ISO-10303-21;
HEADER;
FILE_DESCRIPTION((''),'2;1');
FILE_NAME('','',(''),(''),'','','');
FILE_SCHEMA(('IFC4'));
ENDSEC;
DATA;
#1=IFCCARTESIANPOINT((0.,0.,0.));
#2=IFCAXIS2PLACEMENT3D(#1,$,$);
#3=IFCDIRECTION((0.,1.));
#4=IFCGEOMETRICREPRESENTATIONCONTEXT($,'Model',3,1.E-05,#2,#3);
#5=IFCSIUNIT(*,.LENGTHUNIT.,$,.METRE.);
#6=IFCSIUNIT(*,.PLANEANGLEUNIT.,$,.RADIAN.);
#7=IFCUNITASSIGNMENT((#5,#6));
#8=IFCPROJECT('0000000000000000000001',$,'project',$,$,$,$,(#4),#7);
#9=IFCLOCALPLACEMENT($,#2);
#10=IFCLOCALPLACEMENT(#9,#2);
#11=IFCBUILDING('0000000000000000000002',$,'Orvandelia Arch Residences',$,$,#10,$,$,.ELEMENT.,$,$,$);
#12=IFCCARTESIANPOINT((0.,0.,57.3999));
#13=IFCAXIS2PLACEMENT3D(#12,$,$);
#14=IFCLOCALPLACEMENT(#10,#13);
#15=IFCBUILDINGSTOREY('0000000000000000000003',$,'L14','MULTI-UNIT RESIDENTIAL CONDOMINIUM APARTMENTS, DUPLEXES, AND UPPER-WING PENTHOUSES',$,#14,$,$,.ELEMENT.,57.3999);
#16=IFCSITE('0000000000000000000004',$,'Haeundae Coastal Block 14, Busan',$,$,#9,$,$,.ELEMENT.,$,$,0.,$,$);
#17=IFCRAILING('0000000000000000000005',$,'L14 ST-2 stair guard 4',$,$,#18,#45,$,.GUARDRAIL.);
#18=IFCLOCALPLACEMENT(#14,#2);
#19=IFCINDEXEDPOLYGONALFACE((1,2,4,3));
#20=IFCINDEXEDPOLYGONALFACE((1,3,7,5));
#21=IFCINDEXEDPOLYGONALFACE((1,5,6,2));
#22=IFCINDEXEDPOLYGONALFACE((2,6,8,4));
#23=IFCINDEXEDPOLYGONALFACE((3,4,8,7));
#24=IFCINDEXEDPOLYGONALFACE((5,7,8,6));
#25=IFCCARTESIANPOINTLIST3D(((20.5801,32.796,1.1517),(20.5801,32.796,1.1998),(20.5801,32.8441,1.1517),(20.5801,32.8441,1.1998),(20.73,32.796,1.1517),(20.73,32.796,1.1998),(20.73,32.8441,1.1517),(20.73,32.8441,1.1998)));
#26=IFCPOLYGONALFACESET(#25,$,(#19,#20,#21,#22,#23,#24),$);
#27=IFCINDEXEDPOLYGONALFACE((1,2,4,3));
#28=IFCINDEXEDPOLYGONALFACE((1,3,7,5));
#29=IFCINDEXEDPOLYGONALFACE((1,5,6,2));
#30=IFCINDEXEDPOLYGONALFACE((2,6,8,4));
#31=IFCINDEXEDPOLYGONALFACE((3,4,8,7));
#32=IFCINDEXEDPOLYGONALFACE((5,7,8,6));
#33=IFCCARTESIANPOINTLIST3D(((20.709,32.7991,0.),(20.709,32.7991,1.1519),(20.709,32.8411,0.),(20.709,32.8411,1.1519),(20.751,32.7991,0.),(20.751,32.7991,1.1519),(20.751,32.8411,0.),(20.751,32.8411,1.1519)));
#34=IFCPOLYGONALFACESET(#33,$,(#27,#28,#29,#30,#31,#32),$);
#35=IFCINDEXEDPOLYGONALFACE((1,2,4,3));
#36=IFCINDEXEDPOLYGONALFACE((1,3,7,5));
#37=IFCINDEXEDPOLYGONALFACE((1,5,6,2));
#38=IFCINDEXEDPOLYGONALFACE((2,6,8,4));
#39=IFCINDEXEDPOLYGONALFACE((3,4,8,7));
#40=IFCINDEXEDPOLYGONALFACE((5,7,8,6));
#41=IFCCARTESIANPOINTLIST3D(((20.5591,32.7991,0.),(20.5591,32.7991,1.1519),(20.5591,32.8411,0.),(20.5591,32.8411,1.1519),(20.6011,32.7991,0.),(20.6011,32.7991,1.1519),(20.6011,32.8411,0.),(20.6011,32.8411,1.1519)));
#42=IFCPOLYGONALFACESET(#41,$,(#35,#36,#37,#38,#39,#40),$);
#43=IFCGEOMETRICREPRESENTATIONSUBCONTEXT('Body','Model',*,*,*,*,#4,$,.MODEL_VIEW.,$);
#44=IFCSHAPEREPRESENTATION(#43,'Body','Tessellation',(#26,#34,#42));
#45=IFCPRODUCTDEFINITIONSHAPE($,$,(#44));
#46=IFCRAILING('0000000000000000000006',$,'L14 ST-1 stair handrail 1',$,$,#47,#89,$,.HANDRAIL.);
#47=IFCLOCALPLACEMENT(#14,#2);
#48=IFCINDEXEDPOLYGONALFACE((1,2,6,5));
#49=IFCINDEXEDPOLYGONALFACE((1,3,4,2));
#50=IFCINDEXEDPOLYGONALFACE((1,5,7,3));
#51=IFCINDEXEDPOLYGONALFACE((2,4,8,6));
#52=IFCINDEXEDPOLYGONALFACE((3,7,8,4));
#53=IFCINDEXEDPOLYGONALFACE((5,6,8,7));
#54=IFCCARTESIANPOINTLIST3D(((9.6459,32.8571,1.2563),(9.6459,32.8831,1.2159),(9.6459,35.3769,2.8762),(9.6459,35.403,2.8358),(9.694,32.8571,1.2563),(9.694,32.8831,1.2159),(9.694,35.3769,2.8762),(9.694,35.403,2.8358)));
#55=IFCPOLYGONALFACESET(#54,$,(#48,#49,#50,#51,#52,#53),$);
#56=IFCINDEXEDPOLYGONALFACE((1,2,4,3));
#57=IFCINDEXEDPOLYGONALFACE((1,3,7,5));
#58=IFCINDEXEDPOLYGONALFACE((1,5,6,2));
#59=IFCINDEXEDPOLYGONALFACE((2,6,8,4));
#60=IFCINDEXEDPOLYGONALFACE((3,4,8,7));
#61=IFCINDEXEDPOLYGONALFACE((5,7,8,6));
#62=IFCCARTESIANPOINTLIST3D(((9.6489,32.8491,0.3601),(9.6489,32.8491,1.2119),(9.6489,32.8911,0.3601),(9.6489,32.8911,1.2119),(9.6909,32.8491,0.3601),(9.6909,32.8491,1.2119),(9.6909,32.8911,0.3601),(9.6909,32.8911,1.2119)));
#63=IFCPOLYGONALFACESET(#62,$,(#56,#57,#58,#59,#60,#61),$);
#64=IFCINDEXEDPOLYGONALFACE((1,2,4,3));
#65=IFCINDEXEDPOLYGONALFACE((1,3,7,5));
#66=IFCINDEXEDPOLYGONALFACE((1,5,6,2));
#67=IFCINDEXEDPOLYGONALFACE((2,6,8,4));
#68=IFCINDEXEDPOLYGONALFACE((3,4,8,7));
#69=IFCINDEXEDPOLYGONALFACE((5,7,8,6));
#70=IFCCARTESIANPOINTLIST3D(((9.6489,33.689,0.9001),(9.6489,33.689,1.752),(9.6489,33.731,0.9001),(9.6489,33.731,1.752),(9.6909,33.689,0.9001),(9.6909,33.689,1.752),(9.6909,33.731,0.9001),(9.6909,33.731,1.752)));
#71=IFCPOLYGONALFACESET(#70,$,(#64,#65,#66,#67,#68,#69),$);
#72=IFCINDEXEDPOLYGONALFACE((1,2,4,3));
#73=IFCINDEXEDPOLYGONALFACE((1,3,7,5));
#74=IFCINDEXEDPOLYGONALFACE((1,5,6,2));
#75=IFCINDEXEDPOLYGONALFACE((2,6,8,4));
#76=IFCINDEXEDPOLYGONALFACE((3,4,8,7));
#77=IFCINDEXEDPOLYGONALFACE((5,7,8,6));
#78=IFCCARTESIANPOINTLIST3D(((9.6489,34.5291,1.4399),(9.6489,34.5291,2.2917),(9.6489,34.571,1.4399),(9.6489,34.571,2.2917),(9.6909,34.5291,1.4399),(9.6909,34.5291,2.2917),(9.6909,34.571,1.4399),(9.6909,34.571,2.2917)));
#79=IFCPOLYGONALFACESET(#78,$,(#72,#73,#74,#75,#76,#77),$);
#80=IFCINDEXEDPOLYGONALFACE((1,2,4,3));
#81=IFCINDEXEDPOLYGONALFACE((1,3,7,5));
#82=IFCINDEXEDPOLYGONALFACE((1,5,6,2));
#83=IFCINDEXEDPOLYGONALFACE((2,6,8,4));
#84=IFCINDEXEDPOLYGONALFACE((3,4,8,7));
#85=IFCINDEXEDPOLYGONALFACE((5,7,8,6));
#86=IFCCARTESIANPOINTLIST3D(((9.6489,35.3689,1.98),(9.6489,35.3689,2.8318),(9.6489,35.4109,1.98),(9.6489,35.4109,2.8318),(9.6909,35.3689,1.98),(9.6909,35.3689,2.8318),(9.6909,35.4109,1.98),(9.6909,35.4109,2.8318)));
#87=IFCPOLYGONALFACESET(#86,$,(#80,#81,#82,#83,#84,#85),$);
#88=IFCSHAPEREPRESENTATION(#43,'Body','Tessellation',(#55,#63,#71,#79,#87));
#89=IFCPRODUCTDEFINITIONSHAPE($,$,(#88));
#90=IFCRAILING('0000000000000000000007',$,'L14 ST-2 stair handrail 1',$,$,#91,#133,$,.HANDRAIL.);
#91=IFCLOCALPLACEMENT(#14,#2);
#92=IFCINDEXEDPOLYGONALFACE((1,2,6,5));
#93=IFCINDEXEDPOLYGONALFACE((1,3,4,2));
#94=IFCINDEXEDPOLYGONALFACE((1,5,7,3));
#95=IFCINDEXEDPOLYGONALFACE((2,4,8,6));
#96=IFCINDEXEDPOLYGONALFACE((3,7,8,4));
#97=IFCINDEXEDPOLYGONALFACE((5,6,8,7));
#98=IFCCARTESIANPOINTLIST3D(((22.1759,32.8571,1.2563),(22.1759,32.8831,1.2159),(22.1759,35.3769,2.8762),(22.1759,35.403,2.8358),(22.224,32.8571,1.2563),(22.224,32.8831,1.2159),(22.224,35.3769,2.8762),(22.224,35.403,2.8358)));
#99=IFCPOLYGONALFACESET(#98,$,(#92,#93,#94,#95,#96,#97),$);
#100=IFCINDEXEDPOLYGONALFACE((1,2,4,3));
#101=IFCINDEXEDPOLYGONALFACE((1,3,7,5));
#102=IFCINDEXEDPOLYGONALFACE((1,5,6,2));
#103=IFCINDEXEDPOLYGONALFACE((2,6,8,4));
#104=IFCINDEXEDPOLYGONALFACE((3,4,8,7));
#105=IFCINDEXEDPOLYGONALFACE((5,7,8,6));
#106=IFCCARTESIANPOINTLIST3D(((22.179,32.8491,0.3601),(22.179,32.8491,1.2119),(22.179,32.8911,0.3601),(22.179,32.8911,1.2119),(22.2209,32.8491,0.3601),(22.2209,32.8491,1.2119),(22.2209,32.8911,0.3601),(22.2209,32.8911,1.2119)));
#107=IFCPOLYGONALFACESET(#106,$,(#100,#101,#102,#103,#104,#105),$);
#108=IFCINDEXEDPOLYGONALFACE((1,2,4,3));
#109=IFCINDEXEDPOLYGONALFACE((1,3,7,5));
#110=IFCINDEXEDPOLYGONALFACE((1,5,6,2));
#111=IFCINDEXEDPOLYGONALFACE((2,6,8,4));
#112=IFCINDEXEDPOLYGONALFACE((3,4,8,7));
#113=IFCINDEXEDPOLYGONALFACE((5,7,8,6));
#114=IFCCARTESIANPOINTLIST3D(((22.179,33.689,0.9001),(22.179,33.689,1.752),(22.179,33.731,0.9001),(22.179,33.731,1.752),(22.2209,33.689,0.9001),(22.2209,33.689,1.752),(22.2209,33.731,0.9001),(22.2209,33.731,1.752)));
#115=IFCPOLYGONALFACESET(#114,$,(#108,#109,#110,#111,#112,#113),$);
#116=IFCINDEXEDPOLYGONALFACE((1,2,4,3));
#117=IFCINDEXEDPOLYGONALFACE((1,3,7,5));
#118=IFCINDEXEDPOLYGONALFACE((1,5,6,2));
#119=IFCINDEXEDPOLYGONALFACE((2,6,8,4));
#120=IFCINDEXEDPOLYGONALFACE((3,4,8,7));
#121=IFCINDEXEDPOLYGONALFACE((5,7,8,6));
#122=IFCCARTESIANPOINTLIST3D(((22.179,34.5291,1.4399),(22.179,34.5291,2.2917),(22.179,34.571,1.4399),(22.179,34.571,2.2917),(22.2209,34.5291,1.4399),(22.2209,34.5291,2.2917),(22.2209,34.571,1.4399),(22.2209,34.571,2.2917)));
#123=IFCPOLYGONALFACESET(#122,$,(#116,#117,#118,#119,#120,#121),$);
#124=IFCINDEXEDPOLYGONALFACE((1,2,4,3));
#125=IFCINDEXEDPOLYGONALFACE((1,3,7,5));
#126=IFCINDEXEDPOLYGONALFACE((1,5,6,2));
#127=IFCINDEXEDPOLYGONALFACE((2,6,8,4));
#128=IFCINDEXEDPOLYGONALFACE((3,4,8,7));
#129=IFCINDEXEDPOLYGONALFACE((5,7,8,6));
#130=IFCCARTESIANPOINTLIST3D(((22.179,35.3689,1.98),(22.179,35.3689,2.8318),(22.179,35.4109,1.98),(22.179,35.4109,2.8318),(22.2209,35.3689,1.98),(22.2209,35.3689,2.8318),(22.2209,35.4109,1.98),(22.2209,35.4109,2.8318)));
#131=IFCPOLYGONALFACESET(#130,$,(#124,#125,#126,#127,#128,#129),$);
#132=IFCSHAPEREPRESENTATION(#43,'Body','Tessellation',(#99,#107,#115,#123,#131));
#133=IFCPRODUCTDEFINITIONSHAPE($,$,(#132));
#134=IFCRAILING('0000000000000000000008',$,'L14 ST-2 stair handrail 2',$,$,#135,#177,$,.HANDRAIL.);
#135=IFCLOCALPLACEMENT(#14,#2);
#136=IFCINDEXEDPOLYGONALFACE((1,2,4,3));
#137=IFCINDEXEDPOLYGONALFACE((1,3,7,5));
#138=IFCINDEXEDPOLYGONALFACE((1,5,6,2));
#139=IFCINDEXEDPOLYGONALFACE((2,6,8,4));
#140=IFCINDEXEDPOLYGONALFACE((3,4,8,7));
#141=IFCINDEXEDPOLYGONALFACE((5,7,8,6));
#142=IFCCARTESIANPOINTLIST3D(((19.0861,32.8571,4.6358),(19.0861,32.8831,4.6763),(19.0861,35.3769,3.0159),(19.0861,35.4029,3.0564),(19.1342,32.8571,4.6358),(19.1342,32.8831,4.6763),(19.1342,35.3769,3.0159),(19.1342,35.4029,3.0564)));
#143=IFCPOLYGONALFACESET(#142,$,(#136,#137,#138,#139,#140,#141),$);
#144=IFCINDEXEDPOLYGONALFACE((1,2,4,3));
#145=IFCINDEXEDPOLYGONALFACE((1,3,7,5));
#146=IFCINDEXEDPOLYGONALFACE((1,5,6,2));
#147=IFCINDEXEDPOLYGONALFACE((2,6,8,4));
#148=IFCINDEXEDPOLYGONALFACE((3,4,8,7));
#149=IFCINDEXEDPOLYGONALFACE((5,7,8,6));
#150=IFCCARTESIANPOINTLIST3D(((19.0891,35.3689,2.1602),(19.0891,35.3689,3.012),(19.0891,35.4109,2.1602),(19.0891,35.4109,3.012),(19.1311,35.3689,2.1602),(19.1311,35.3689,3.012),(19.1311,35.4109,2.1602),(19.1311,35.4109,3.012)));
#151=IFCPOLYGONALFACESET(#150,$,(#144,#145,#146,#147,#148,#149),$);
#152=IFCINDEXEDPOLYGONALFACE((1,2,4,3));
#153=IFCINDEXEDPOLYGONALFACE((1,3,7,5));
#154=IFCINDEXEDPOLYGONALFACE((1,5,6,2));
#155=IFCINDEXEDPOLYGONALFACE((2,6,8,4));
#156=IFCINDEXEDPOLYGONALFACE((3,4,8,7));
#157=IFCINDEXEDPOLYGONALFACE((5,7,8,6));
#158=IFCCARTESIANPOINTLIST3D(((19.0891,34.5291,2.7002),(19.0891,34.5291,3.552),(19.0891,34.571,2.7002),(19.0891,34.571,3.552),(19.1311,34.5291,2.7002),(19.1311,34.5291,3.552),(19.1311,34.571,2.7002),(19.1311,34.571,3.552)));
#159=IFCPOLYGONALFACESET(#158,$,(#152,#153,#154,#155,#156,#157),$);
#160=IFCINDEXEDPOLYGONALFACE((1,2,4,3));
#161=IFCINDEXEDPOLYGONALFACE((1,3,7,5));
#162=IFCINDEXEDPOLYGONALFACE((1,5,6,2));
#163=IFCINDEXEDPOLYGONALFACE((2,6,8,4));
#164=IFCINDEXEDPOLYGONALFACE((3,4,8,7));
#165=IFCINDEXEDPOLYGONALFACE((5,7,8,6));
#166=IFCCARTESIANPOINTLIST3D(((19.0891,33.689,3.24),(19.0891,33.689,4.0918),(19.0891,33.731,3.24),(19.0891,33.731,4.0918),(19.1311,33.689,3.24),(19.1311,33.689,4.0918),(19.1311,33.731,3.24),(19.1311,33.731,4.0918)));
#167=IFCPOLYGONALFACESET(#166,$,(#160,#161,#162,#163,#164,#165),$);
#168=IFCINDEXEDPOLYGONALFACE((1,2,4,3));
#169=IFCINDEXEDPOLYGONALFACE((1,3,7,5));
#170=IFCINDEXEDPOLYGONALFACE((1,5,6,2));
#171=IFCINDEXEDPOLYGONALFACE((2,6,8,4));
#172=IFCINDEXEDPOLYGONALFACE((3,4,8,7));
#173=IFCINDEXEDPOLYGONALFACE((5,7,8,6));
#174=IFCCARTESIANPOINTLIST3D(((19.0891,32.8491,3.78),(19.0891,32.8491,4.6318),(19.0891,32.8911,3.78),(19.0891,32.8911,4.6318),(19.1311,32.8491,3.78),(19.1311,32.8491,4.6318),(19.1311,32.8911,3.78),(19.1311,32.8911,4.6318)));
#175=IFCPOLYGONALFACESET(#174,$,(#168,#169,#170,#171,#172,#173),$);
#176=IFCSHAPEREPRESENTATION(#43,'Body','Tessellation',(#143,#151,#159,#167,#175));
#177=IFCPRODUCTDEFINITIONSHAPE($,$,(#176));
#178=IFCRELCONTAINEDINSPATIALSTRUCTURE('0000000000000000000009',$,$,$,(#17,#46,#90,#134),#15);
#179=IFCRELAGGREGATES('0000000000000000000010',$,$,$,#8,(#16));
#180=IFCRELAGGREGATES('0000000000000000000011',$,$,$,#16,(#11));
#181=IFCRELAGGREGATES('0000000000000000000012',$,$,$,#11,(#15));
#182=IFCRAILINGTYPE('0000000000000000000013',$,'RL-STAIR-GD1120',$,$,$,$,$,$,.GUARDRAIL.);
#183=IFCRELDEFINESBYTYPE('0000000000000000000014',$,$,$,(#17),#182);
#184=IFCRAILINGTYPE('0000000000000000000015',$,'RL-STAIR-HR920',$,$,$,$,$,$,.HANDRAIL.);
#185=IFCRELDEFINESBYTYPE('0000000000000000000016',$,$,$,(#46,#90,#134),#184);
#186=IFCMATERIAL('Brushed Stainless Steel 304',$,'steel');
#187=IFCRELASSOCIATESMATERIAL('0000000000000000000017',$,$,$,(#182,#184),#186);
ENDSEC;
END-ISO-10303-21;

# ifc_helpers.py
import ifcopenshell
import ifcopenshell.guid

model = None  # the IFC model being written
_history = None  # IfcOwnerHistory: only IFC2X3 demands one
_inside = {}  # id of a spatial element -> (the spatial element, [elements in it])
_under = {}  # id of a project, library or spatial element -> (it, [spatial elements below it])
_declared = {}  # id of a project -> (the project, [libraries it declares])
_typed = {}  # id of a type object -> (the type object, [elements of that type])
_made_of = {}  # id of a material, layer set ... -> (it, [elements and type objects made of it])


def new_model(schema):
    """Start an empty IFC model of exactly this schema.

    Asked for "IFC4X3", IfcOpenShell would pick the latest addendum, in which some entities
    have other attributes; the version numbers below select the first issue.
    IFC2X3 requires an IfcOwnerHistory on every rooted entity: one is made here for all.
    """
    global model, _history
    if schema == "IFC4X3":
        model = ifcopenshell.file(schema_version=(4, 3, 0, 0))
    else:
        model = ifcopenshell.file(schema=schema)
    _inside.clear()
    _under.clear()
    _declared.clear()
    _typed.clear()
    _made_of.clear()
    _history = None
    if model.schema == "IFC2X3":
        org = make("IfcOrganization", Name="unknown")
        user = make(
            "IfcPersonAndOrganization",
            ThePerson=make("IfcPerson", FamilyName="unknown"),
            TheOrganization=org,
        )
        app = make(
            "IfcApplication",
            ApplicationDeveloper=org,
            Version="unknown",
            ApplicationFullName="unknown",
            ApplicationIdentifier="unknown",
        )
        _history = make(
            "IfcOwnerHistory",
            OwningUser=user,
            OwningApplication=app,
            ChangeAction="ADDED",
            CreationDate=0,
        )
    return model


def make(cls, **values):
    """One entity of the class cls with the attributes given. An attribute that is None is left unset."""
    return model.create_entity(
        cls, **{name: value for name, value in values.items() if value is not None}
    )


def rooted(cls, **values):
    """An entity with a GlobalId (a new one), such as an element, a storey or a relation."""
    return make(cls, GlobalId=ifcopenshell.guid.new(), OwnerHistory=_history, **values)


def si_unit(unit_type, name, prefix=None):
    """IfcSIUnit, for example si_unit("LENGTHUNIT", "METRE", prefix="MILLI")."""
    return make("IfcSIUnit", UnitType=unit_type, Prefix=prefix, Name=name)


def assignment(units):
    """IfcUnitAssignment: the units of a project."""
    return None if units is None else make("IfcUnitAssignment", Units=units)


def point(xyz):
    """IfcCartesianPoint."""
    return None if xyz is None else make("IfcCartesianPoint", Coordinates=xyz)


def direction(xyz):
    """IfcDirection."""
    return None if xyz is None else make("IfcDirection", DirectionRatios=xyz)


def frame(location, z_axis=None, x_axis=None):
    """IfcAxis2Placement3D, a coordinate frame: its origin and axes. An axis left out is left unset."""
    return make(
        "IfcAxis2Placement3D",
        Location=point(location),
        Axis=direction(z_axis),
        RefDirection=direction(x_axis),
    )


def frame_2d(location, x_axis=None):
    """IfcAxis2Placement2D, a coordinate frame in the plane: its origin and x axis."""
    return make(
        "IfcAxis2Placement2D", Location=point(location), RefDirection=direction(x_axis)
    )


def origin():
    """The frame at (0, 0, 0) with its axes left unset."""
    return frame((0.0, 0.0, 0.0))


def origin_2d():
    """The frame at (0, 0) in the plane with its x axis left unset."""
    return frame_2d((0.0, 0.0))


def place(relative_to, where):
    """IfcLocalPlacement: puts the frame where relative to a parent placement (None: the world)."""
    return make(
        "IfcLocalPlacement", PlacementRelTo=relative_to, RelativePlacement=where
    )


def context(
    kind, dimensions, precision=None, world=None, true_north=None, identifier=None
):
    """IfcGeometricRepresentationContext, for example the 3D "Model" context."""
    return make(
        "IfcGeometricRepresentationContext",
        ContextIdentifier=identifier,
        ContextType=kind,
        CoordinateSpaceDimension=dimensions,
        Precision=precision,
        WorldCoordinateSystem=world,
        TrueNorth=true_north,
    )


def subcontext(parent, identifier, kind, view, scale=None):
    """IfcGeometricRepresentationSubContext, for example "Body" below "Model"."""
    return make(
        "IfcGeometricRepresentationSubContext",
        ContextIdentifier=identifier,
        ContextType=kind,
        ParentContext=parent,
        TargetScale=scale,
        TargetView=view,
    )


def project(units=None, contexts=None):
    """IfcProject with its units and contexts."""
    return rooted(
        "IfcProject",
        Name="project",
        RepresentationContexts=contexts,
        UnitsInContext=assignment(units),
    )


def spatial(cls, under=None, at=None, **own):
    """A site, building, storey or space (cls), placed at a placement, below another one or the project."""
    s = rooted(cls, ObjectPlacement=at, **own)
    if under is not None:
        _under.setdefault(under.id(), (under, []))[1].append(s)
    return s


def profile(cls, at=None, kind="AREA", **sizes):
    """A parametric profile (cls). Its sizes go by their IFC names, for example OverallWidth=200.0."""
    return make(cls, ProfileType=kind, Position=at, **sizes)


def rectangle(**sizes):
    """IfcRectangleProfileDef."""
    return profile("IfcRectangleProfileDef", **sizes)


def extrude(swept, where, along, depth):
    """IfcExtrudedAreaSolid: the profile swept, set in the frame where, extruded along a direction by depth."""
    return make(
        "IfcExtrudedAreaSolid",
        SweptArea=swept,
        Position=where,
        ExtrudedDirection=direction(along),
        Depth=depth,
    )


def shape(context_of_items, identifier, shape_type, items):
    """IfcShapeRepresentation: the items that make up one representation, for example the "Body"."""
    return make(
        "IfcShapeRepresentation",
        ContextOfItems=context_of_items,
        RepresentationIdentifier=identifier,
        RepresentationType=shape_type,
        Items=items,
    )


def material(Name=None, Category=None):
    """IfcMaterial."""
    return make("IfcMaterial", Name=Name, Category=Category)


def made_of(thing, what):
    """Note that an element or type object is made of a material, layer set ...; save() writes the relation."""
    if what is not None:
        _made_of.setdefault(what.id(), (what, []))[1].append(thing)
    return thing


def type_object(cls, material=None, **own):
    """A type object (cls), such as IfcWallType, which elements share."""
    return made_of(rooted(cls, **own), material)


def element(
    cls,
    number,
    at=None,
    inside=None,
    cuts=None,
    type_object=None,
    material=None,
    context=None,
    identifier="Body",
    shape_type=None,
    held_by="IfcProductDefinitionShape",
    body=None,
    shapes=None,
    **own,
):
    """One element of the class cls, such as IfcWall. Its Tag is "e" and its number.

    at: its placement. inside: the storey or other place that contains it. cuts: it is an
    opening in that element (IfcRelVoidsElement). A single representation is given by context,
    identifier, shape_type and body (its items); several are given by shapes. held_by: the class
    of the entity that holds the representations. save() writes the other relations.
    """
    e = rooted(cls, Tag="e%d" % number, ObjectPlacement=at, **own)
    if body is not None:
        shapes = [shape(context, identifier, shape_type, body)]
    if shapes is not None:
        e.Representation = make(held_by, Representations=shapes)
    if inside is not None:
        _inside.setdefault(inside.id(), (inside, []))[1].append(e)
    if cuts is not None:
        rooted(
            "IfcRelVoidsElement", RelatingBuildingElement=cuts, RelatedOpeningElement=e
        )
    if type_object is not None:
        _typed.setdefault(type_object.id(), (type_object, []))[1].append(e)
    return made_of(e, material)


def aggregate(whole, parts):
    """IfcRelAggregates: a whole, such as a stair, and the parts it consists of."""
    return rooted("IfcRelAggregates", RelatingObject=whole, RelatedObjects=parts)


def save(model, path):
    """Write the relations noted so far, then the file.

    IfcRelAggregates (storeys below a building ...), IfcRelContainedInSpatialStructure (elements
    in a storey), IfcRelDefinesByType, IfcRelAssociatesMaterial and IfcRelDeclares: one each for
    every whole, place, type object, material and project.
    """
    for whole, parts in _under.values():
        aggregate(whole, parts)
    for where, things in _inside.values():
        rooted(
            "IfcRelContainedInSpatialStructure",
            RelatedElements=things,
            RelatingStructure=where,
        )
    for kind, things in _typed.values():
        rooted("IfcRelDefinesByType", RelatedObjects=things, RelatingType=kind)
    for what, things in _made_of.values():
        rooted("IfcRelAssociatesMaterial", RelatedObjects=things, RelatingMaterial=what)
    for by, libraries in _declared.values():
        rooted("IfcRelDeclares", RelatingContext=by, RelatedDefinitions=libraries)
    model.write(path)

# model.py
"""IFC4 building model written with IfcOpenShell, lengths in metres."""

from ifc_helpers import new_model, si_unit, direction, frame, origin, origin_2d, place, context, subcontext, project, spatial, rectangle, extrude, material, type_object, element, save


model = new_model("IFC4")

# Units and contexts
model_context = context("Model", 3, precision=1e-05, world=origin(), true_north=direction((0.0, 1.0)))
body_context = subcontext(model_context, "Body", "Model", "MODEL_VIEW")
ifc_project = project(units=[si_unit("LENGTHUNIT", "METRE"), si_unit("PLANEANGLEUNIT", "RADIAN")], contexts=[model_context])

# Site, building, storey
site_placement = place(None, origin())
site = spatial("IfcSite", under=ifc_project, at=site_placement, Name="Haeundae Coastal Block 14, Busan", CompositionType="ELEMENT", RefElevation=0.0)
building_placement = place(site_placement, origin())
building = spatial("IfcBuilding", under=site, at=building_placement, Name="Orvandelia Arch Residences", CompositionType="ELEMENT")
storey_placement = place(building_placement, frame((0.0, 0.0, 57.3999)))
storey = spatial("IfcBuildingStorey", under=building, at=storey_placement, Name="L14", Description="MULTI-UNIT RESIDENTIAL CONDOMINIUM APARTMENTS, DUPLEXES, AND UPPER-WING PENTHOUSES", CompositionType="ELEMENT", Elevation=57.3999)

# Railings
ifc_material_1 = material(Name="Brushed Stainless Steel 304", Category="steel")
railing_type_1 = type_object("IfcRailingType", Name="RL-STAIR-GD1120", PredefinedType="GUARDRAIL", material=ifc_material_1)
railing_1_placement = place(storey_placement, frame((20.73, 32.8201, 0.0)))
element("IfcRailing", 1, at=railing_1_placement, inside=storey, type_object=railing_type_1, Name="L14 ST-2 stair guard 4", PredefinedType="GUARDRAIL", context=body_context, shape_type="SweptSolid", body=[
    extrude(rectangle(XDim=0.0481, YDim=0.0481, at=origin_2d()), frame((0.0, 0.0, 1.1758), z_axis=(-1.0, 0.0, 0.0), x_axis=(0.0, -1.0, 0.0)), (0.0, 0.0, 1.0), 0.1499),
    extrude(rectangle(XDim=0.042, YDim=0.042, at=origin_2d()), origin(), (0.0, 0.0, 1.0), 1.1519),
    extrude(rectangle(XDim=0.042, YDim=0.042, at=origin_2d()), frame((-0.1499, 0.0, 0.0)), (0.0, 0.0, 1.0), 1.1519),
])
railing_type_2 = type_object("IfcRailingType", Name="RL-STAIR-HR920", PredefinedType="HANDRAIL", material=ifc_material_1)
for number, where, name in (
    (2, (9.6699, 32.8701, 0.3601), "L14 ST-1 stair handrail 1"),
    (3, (22.2, 32.8701, 0.3601), "L14 ST-2 stair handrail 1"),
):
    element("IfcRailing", number, at=place(storey_placement, frame(where)), inside=storey, type_object=railing_type_2, Name=name, PredefinedType="HANDRAIL", context=body_context, shape_type="SweptSolid", body=[
        extrude(rectangle(XDim=0.0481, YDim=0.0481, at=origin_2d()), frame((0.0, 0.0, 0.876), z_axis=(0.0, 0.841176, 0.540762), x_axis=(-1.0, 0.0, 0.0)), (0.0, 0.0, 1.0), 2.9956),
        extrude(rectangle(XDim=0.042, YDim=0.042, at=origin_2d()), origin(), (0.0, 0.0, 1.0), 0.8518),
        extrude(rectangle(XDim=0.042, YDim=0.042, at=origin_2d()), frame((0.0, 0.8398, 0.54)), (0.0, 0.0, 1.0), 0.8518),
        extrude(rectangle(XDim=0.042, YDim=0.042, at=origin_2d()), frame((0.0, 1.6799, 1.0798)), (0.0, 0.0, 1.0), 0.8518),
        extrude(rectangle(XDim=0.042, YDim=0.042, at=origin_2d()), frame((0.0, 2.5198, 1.6199)), (0.0, 0.0, 1.0), 0.8518),
    ])
railing_2_placement = place(storey_placement, frame((19.1101, 35.3899, 2.1602)))
element("IfcRailing", 4, at=railing_2_placement, inside=storey, type_object=railing_type_2, Name="L14 ST-2 stair handrail 2", PredefinedType="HANDRAIL", context=body_context, shape_type="SweptSolid", body=[
    extrude(rectangle(XDim=0.0481, YDim=0.0481, at=origin_2d()), frame((0.0, 0.0, 0.876), z_axis=(0.0, -0.841176, 0.540762), x_axis=(1.0, 0.0, 0.0)), (0.0, 0.0, 1.0), 2.9956),
    extrude(rectangle(XDim=0.042, YDim=0.042, at=origin_2d()), origin(), (0.0, 0.0, 1.0), 0.8518),
    extrude(rectangle(XDim=0.042, YDim=0.042, at=origin_2d()), frame((0.0, -0.8398, 0.54)), (0.0, 0.0, 1.0), 0.8518),
    extrude(rectangle(XDim=0.042, YDim=0.042, at=origin_2d()), frame((0.0, -1.6799, 1.0798)), (0.0, 0.0, 1.0), 0.8518),
    extrude(rectangle(XDim=0.042, YDim=0.042, at=origin_2d()), frame((0.0, -2.5198, 1.6199)), (0.0, 0.0, 1.0), 0.8518),
])

save(model, "model.ifc")
